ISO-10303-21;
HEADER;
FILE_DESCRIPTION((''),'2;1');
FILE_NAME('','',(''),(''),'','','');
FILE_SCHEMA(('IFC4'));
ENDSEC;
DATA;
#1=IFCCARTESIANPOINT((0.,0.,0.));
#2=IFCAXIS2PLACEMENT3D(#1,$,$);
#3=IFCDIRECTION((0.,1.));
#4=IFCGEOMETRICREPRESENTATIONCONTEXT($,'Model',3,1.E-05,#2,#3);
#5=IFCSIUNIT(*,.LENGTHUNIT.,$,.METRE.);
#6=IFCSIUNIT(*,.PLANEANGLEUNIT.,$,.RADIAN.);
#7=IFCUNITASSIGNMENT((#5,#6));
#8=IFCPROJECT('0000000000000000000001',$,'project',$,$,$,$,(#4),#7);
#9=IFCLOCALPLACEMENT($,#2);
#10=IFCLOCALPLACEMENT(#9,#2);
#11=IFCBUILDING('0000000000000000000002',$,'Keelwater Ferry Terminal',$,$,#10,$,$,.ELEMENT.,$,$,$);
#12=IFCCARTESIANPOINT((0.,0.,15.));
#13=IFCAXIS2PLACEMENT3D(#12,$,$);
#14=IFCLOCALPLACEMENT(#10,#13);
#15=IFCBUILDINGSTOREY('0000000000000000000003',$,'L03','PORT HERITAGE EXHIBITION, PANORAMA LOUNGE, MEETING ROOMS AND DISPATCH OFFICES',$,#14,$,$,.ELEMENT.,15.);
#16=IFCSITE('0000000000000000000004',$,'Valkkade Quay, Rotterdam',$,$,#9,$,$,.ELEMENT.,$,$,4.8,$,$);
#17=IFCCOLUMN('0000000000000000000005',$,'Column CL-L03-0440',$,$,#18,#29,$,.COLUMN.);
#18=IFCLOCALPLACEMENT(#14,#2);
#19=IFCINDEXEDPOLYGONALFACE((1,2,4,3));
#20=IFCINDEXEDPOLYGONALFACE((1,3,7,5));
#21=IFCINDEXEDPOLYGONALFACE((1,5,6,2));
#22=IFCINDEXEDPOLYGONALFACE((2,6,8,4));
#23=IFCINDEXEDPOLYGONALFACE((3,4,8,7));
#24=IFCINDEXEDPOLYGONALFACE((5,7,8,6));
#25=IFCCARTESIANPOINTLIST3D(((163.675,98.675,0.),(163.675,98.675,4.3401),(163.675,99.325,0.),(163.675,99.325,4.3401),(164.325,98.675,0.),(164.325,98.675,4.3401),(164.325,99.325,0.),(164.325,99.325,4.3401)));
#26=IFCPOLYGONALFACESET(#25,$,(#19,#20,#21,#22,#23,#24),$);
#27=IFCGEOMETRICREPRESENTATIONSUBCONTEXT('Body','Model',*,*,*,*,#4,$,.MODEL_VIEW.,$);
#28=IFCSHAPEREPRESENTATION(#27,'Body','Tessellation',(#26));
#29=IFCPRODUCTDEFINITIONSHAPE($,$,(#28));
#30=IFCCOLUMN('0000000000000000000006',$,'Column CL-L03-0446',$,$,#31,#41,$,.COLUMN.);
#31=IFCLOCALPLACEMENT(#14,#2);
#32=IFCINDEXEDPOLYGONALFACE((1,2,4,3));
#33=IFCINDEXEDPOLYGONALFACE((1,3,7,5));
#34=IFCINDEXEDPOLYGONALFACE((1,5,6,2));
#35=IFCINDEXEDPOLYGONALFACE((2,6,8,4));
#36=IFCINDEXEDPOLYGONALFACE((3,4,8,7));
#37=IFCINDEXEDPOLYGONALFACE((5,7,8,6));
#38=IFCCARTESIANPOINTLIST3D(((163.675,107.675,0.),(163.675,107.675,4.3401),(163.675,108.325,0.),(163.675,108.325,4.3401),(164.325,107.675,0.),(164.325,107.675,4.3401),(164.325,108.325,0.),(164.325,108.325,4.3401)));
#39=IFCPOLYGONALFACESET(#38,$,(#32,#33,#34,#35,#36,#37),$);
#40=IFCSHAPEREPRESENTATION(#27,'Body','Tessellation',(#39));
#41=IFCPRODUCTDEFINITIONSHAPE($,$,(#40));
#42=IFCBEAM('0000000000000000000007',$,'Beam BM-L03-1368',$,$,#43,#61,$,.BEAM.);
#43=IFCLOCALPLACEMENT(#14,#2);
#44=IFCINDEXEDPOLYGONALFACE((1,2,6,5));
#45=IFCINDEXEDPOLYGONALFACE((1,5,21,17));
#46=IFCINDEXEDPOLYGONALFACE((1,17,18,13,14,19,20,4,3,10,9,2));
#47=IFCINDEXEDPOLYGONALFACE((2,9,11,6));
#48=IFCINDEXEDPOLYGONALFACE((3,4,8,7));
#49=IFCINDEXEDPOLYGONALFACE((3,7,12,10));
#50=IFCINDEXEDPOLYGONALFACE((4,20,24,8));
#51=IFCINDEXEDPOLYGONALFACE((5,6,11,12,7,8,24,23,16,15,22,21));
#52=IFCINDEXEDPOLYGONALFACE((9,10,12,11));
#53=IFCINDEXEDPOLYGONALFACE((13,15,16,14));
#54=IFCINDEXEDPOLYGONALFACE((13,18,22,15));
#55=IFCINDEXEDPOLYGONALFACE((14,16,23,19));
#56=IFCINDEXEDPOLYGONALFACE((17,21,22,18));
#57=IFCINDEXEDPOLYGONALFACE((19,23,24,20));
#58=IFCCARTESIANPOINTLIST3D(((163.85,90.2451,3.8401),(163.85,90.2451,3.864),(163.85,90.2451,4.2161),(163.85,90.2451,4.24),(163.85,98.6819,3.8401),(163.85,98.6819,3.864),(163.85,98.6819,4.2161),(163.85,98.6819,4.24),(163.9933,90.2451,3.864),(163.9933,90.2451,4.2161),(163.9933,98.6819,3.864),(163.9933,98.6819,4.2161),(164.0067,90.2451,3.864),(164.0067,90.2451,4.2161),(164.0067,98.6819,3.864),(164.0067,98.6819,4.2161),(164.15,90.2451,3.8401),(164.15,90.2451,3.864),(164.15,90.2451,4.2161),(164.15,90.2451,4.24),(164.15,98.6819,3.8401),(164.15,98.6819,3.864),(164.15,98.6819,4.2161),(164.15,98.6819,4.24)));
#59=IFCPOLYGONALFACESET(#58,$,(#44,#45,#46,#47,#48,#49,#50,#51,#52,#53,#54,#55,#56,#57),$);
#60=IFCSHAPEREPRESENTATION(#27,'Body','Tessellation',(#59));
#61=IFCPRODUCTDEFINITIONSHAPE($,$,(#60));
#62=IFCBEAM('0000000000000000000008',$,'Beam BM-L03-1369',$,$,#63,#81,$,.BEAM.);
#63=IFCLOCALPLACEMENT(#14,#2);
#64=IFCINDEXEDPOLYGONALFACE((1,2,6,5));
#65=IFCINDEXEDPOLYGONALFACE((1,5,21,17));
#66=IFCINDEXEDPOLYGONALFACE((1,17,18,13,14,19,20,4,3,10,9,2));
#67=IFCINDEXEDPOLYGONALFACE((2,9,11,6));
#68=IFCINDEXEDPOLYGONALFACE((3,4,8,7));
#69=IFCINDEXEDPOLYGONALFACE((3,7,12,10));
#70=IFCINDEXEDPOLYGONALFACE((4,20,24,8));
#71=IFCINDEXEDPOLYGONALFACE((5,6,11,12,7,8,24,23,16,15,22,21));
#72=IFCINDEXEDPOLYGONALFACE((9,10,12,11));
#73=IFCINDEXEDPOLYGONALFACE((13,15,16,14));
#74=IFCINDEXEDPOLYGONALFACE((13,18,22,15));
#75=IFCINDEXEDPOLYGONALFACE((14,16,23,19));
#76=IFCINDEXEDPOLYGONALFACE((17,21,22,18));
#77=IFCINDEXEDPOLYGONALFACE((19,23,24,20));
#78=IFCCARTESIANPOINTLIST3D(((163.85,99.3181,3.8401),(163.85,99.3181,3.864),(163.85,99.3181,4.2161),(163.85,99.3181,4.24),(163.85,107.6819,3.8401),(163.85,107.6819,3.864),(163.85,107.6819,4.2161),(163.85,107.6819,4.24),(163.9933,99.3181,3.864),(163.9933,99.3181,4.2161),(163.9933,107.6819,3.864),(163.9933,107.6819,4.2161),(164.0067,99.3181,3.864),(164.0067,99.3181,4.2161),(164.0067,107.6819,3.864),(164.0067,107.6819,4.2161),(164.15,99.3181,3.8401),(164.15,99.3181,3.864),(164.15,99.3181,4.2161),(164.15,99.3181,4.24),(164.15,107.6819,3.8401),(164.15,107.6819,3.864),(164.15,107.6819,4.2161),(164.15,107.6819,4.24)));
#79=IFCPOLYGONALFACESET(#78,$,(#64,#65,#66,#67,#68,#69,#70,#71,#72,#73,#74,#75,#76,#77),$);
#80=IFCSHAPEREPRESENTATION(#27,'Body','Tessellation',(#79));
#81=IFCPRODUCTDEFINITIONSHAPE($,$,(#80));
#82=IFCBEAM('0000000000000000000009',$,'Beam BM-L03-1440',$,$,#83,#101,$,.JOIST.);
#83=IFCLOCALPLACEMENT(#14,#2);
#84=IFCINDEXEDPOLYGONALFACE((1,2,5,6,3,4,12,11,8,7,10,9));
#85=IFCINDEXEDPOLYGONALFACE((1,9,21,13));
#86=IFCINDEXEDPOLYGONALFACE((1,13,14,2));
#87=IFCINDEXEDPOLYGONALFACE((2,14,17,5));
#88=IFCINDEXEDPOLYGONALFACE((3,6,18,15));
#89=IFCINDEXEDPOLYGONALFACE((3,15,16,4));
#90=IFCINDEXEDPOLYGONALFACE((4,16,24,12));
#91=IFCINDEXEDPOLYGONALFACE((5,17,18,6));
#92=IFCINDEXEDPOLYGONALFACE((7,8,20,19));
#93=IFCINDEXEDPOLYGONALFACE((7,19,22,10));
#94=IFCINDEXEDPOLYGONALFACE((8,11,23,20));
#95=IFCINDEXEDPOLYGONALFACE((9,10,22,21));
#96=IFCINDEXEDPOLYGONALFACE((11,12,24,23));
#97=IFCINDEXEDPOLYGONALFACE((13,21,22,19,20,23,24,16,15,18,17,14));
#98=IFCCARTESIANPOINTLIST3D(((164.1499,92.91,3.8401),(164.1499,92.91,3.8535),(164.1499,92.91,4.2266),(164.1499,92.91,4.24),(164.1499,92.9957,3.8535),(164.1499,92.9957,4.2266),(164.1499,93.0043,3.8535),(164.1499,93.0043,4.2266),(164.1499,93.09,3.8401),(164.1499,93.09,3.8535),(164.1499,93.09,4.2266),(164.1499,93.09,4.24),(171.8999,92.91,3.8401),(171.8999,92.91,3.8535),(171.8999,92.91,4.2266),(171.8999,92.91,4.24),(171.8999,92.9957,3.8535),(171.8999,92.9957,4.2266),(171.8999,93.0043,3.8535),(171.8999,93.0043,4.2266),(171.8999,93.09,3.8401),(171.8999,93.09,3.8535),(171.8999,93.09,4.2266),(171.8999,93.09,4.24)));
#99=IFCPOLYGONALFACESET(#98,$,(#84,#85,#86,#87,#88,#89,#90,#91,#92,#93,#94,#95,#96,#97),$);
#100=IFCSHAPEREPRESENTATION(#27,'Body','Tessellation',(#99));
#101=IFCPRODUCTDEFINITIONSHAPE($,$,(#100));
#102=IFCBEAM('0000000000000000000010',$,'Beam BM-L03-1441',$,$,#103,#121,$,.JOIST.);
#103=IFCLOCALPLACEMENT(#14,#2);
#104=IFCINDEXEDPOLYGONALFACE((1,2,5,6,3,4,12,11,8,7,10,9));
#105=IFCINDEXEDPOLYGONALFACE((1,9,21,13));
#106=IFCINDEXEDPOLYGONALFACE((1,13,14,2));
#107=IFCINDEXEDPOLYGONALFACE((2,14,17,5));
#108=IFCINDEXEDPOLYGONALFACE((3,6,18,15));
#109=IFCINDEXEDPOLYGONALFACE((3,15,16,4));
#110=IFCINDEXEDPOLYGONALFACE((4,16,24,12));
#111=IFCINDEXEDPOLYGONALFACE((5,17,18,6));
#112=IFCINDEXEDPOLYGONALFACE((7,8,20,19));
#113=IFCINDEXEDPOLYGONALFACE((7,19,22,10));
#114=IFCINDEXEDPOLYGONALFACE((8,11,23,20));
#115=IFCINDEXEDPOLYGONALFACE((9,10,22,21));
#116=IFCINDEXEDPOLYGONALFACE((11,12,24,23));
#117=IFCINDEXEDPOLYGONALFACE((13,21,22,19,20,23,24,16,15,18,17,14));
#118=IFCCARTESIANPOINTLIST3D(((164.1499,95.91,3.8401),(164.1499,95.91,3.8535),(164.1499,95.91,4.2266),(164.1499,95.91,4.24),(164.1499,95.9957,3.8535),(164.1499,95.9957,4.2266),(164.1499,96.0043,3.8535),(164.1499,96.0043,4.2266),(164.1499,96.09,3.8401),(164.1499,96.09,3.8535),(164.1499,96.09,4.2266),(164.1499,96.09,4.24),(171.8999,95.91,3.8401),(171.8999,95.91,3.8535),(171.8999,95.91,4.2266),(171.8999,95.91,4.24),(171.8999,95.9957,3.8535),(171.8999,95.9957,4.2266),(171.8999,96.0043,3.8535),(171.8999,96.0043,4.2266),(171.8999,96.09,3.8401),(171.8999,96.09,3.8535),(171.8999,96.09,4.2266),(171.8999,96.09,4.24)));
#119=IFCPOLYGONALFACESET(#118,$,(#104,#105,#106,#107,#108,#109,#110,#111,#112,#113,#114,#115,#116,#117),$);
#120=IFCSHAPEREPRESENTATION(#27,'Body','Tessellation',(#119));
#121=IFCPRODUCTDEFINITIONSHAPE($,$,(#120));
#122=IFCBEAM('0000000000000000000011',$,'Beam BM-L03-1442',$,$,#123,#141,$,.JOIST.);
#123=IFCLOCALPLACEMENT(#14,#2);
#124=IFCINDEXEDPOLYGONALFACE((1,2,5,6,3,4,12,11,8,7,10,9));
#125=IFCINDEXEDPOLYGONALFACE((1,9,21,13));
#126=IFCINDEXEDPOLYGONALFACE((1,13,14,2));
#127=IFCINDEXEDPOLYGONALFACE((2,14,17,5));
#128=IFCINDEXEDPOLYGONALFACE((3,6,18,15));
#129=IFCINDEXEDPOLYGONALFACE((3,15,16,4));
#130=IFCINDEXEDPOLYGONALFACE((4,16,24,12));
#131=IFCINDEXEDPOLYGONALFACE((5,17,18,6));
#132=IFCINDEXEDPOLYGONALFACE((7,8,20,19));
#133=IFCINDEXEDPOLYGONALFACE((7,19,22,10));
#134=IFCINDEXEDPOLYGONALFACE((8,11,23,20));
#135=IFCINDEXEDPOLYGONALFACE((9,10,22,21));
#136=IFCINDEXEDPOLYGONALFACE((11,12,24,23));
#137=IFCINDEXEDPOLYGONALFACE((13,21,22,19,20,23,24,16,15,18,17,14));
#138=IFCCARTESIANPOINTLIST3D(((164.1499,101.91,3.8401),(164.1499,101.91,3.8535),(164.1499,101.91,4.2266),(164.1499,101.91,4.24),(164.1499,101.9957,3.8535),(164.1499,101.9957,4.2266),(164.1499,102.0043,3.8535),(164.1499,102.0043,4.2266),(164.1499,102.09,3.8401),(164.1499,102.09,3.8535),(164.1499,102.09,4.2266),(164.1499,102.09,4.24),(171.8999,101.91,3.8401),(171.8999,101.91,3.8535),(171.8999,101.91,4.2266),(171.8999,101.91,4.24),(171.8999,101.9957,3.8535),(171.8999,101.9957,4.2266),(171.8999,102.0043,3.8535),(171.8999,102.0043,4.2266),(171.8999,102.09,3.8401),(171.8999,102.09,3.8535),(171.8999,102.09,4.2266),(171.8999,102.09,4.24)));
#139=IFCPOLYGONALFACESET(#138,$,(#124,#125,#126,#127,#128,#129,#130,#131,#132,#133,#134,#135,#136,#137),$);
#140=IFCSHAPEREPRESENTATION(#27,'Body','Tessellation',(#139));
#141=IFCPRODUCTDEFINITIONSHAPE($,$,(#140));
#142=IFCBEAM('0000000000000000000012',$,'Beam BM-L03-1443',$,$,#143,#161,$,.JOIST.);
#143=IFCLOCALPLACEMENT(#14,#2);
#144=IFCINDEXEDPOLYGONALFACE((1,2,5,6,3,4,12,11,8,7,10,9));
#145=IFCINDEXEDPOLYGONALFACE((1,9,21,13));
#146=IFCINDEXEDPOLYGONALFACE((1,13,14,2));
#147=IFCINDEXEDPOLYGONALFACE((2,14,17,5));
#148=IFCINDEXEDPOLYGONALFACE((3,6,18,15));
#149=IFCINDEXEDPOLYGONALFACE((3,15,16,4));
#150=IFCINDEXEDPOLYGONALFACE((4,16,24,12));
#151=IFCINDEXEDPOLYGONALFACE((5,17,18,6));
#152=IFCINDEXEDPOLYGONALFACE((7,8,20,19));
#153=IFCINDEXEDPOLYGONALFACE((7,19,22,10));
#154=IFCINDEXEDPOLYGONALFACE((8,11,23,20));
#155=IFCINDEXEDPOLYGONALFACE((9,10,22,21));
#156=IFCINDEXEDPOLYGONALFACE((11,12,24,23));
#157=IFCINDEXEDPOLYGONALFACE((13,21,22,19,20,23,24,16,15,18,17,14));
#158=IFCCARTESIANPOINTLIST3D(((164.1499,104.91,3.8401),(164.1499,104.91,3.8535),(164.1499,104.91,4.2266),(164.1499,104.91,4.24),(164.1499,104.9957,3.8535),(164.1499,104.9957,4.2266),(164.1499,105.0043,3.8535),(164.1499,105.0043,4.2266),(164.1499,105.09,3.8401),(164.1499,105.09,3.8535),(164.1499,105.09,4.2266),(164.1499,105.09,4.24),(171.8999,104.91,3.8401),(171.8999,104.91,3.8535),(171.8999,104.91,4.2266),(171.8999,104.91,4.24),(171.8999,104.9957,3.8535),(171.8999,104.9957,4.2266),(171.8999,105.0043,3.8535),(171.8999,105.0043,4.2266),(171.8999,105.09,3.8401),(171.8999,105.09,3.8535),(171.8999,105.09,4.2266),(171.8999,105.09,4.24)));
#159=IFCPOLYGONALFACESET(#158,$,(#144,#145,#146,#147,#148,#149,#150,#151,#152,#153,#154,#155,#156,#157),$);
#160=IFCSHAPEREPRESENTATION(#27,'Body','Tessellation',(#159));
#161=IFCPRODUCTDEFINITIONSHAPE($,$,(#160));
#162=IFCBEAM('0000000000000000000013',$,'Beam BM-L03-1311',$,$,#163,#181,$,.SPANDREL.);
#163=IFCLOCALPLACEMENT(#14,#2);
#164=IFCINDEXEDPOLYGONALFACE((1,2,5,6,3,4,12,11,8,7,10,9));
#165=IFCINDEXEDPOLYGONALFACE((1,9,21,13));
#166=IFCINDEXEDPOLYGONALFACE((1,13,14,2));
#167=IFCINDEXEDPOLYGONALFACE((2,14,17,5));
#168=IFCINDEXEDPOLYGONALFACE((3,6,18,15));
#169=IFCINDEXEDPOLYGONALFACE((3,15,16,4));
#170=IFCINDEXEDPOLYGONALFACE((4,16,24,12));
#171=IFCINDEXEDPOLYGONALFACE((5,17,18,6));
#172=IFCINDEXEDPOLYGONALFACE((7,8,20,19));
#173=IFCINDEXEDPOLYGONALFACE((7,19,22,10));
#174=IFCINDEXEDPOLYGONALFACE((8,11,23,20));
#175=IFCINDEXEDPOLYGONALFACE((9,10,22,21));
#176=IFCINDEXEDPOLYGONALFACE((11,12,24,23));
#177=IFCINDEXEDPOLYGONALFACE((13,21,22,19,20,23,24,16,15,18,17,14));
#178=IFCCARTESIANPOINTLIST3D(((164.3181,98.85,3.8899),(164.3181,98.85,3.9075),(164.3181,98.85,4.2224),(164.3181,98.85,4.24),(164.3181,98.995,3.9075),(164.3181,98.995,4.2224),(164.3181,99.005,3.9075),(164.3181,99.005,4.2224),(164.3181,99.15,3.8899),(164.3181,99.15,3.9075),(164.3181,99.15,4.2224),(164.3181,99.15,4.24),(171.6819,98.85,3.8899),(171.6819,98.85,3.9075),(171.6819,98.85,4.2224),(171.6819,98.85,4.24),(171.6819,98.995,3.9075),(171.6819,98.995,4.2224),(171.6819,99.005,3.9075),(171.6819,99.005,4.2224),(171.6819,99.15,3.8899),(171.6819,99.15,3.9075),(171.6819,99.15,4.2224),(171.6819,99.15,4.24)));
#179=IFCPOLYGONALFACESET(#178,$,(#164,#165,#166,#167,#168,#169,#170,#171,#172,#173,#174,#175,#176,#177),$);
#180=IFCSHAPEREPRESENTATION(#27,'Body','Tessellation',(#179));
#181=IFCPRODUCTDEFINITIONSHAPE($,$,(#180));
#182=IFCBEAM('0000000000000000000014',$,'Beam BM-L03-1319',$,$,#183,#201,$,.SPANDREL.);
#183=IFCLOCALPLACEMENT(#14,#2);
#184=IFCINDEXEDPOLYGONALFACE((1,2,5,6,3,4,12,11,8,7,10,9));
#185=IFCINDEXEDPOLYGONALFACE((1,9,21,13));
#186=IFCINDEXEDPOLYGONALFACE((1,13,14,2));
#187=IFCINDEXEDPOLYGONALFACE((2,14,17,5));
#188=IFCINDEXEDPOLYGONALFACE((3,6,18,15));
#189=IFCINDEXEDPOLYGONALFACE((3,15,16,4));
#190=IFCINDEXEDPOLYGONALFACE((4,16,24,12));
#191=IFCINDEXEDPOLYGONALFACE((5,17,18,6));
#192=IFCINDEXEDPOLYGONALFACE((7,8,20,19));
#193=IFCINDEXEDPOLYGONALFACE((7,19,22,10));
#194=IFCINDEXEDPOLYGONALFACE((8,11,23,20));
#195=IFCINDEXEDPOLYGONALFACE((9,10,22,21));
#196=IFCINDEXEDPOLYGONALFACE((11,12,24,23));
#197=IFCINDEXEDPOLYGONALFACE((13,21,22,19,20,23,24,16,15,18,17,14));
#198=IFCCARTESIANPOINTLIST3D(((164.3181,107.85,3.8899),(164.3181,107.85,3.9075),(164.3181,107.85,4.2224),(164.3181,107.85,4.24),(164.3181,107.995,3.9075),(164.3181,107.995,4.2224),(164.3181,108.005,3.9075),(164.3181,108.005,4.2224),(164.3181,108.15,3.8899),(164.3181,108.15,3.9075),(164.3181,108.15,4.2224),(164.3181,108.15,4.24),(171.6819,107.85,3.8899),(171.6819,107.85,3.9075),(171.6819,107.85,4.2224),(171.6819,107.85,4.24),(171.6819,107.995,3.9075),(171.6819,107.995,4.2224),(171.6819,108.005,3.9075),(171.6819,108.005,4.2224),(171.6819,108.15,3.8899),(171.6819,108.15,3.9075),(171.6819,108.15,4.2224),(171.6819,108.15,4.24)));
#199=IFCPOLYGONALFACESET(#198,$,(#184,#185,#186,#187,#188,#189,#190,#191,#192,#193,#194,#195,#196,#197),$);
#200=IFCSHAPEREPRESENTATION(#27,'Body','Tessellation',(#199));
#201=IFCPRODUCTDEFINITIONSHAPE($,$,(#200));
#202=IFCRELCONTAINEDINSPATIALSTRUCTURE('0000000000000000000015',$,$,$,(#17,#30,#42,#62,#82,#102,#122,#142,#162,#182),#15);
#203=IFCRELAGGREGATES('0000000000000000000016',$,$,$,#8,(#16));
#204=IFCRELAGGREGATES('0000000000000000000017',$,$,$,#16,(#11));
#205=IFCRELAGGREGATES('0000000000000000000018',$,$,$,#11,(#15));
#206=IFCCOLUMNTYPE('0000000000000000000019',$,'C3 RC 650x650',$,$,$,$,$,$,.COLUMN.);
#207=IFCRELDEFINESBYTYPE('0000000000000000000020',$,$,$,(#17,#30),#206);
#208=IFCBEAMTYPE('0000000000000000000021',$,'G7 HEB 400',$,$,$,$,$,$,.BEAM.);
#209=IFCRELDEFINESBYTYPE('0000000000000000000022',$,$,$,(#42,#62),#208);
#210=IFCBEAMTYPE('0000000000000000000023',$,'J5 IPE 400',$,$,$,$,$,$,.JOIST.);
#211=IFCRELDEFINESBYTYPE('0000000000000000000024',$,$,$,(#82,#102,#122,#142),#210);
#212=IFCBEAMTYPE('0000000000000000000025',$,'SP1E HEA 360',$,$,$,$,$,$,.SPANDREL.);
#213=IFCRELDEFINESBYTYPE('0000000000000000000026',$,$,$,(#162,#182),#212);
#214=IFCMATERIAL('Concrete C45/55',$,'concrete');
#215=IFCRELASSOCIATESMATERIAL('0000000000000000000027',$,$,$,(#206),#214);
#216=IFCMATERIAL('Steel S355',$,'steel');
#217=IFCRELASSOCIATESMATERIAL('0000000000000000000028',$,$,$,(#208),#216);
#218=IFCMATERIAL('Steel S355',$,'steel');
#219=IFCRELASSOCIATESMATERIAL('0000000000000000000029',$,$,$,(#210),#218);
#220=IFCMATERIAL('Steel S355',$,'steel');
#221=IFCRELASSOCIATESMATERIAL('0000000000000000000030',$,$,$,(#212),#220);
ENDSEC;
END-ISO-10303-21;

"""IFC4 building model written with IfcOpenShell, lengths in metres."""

from ifc_helpers import new_model, si_unit, direction, frame, origin, origin_2d, place, context, subcontext, project, spatial, rectangle, i_section, extrude, material, material_profile, profile_set, type_object, element, save


model = new_model("IFC4")

# Units and contexts
model_context = context("Model", 3, precision=1e-05, world=origin(), true_north=direction((0.0, 1.0)))
body_context = subcontext(model_context, "Body", "Model", "MODEL_VIEW")
ifc_project = project(units=[si_unit("LENGTHUNIT", "METRE"), si_unit("PLANEANGLEUNIT", "RADIAN")], contexts=[model_context])

# Site, building, storey
site_placement = place(None, origin())
site = spatial("IfcSite", under=ifc_project, at=site_placement, Name="Valkkade Quay, Rotterdam", CompositionType="ELEMENT", RefElevation=4.8)
building_placement = place(site_placement, origin())
building = spatial("IfcBuilding", under=site, at=building_placement, Name="Keelwater Ferry Terminal", CompositionType="ELEMENT")
storey_placement = place(building_placement, frame((0.0, 0.0, 15.0)))
storey = spatial("IfcBuildingStorey", under=building, at=storey_placement, Name="L03", Description="PORT HERITAGE EXHIBITION, PANORAMA LOUNGE, MEETING ROOMS AND DISPATCH OFFICES", CompositionType="ELEMENT", Elevation=15.0)

# Columns
ifc_material_1 = material(Name="Concrete C45/55", Category="concrete")
ifc_material_profile_1 = material_profile(ifc_material_1, rectangle(XDim=0.6499, YDim=0.6499, at=origin_2d()), Name="RC 650x650")
ifc_profile_set_1 = profile_set([ifc_material_profile_1], Name="Concrete C45/55")
column_type = type_object("IfcColumnType", Name="C3 RC 650x650", PredefinedType="COLUMN", material=ifc_profile_set_1)
for number, where, z_axis, x_axis, name in (
    (1, (164.0, 99.0, 0.0), (0.0, 0.0, 1.0), (1.0, 0.0, 0.0), "Column CL-L03-0440"),
    (2, (164.0, 108.0, 0.0), (0.0, 0.0, 1.0), (1.0, 0.0, 0.0), "Column CL-L03-0446"),
):
    element("IfcColumn", number, at=place(storey_placement, frame(where, z_axis=z_axis, x_axis=x_axis)), inside=storey, type_object=column_type, Name=name, PredefinedType="COLUMN", context=body_context, shape_type="SweptSolid", body=[
        extrude(rectangle(XDim=0.6499, YDim=0.6499, at=origin_2d()), origin(), (0.0, 0.0, 1.0), 4.3401),
    ])

# Beams
ifc_material_2 = material(Name="Steel S355", Category="steel")
ifc_material_profile_2 = material_profile(ifc_material_2, i_section(OverallWidth=0.3, OverallDepth=0.3999, WebThickness=0.0134, FlangeThickness=0.0239, at=origin_2d()), Name="HEB 400")
ifc_profile_set_2 = profile_set([ifc_material_profile_2], Name="Steel S355")
beam_type_1 = type_object("IfcBeamType", Name="G7 HEB 400", PredefinedType="BEAM", material=ifc_profile_set_2)
beam_1_placement = place(storey_placement, frame((164.0, 90.2451, 4.04), z_axis=(0.0, 1.0, 0.0), x_axis=(-1.0, 0.0, 0.0)))
element("IfcBeam", 3, at=beam_1_placement, inside=storey, type_object=beam_type_1, Name="Beam BM-L03-1368", PredefinedType="BEAM", context=body_context, shape_type="SweptSolid", body=[
    extrude(i_section(OverallWidth=0.3, OverallDepth=0.3999, WebThickness=0.0134, FlangeThickness=0.0239, at=origin_2d()), origin(), (0.0, 0.0, 1.0), 8.4368),
])
beam_2_placement = place(storey_placement, frame((164.0, 99.3181, 4.04), z_axis=(0.0, 1.0, 0.0), x_axis=(-1.0, 0.0, 0.0)))
element("IfcBeam", 4, at=beam_2_placement, inside=storey, type_object=beam_type_1, Name="Beam BM-L03-1369", PredefinedType="BEAM", context=body_context, shape_type="SweptSolid", body=[
    extrude(i_section(OverallWidth=0.3, OverallDepth=0.3999, WebThickness=0.0134, FlangeThickness=0.0239, at=origin_2d()), origin(), (0.0, 0.0, 1.0), 8.3638),
])
ifc_material_3 = material(Name="Steel S355", Category="steel")
ifc_material_profile_3 = material_profile(ifc_material_3, i_section(OverallWidth=0.1799, OverallDepth=0.3999, WebThickness=0.0085, FlangeThickness=0.0134, at=origin_2d()), Name="IPE 400")
ifc_profile_set_3 = profile_set([ifc_material_profile_3], Name="Steel S355")
beam_type_2 = type_object("IfcBeamType", Name="J5 IPE 400", PredefinedType="JOIST", material=ifc_profile_set_3)
for number, where, z_axis, x_axis, name in (
    (5, (164.1499, 93.0, 4.04), (1.0, 0.0, 0.0), (0.0, 1.0, 0.0), "Beam BM-L03-1440"),
    (6, (164.1499, 96.0, 4.04), (1.0, 0.0, 0.0), (0.0, 1.0, 0.0), "Beam BM-L03-1441"),
    (7, (164.1499, 102.0, 4.04), (1.0, 0.0, 0.0), (0.0, 1.0, 0.0), "Beam BM-L03-1442"),
    (8, (164.1499, 105.0, 4.04), (1.0, 0.0, 0.0), (0.0, 1.0, 0.0), "Beam BM-L03-1443"),
):
    element("IfcBeam", number, at=place(storey_placement, frame(where, z_axis=z_axis, x_axis=x_axis)), inside=storey, type_object=beam_type_2, Name=name, PredefinedType="JOIST", context=body_context, shape_type="SweptSolid", body=[
        extrude(i_section(OverallWidth=0.1799, OverallDepth=0.3999, WebThickness=0.0085, FlangeThickness=0.0134, at=origin_2d()), origin(), (0.0, 0.0, 1.0), 7.75),
    ])
ifc_material_4 = material(Name="Steel S355", Category="steel")
ifc_material_profile_4 = material_profile(ifc_material_4, i_section(OverallWidth=0.3, OverallDepth=0.3501, WebThickness=0.01, FlangeThickness=0.0176, at=origin_2d()), Name="HEA 360")
ifc_profile_set_4 = profile_set([ifc_material_profile_4], Name="Steel S355")
beam_type_3 = type_object("IfcBeamType", Name="SP1E HEA 360", PredefinedType="SPANDREL", material=ifc_profile_set_4)
for number, where, z_axis, x_axis, name in (
    (9, (164.3181, 99.0, 4.0649), (1.0, 0.0, 0.0), (0.0, 1.0, 0.0), "Beam BM-L03-1311"),
    (10, (164.3181, 108.0, 4.0649), (1.0, 0.0, 0.0), (0.0, 1.0, 0.0), "Beam BM-L03-1319"),
):
    element("IfcBeam", number, at=place(storey_placement, frame(where, z_axis=z_axis, x_axis=x_axis)), inside=storey, type_object=beam_type_3, Name=name, PredefinedType="SPANDREL", context=body_context, shape_type="SweptSolid", body=[
        extrude(i_section(OverallWidth=0.3, OverallDepth=0.3501, WebThickness=0.01, FlangeThickness=0.0176, at=origin_2d()), origin(), (0.0, 0.0, 1.0), 7.3638),
    ])

save(model, "model.ifc")
